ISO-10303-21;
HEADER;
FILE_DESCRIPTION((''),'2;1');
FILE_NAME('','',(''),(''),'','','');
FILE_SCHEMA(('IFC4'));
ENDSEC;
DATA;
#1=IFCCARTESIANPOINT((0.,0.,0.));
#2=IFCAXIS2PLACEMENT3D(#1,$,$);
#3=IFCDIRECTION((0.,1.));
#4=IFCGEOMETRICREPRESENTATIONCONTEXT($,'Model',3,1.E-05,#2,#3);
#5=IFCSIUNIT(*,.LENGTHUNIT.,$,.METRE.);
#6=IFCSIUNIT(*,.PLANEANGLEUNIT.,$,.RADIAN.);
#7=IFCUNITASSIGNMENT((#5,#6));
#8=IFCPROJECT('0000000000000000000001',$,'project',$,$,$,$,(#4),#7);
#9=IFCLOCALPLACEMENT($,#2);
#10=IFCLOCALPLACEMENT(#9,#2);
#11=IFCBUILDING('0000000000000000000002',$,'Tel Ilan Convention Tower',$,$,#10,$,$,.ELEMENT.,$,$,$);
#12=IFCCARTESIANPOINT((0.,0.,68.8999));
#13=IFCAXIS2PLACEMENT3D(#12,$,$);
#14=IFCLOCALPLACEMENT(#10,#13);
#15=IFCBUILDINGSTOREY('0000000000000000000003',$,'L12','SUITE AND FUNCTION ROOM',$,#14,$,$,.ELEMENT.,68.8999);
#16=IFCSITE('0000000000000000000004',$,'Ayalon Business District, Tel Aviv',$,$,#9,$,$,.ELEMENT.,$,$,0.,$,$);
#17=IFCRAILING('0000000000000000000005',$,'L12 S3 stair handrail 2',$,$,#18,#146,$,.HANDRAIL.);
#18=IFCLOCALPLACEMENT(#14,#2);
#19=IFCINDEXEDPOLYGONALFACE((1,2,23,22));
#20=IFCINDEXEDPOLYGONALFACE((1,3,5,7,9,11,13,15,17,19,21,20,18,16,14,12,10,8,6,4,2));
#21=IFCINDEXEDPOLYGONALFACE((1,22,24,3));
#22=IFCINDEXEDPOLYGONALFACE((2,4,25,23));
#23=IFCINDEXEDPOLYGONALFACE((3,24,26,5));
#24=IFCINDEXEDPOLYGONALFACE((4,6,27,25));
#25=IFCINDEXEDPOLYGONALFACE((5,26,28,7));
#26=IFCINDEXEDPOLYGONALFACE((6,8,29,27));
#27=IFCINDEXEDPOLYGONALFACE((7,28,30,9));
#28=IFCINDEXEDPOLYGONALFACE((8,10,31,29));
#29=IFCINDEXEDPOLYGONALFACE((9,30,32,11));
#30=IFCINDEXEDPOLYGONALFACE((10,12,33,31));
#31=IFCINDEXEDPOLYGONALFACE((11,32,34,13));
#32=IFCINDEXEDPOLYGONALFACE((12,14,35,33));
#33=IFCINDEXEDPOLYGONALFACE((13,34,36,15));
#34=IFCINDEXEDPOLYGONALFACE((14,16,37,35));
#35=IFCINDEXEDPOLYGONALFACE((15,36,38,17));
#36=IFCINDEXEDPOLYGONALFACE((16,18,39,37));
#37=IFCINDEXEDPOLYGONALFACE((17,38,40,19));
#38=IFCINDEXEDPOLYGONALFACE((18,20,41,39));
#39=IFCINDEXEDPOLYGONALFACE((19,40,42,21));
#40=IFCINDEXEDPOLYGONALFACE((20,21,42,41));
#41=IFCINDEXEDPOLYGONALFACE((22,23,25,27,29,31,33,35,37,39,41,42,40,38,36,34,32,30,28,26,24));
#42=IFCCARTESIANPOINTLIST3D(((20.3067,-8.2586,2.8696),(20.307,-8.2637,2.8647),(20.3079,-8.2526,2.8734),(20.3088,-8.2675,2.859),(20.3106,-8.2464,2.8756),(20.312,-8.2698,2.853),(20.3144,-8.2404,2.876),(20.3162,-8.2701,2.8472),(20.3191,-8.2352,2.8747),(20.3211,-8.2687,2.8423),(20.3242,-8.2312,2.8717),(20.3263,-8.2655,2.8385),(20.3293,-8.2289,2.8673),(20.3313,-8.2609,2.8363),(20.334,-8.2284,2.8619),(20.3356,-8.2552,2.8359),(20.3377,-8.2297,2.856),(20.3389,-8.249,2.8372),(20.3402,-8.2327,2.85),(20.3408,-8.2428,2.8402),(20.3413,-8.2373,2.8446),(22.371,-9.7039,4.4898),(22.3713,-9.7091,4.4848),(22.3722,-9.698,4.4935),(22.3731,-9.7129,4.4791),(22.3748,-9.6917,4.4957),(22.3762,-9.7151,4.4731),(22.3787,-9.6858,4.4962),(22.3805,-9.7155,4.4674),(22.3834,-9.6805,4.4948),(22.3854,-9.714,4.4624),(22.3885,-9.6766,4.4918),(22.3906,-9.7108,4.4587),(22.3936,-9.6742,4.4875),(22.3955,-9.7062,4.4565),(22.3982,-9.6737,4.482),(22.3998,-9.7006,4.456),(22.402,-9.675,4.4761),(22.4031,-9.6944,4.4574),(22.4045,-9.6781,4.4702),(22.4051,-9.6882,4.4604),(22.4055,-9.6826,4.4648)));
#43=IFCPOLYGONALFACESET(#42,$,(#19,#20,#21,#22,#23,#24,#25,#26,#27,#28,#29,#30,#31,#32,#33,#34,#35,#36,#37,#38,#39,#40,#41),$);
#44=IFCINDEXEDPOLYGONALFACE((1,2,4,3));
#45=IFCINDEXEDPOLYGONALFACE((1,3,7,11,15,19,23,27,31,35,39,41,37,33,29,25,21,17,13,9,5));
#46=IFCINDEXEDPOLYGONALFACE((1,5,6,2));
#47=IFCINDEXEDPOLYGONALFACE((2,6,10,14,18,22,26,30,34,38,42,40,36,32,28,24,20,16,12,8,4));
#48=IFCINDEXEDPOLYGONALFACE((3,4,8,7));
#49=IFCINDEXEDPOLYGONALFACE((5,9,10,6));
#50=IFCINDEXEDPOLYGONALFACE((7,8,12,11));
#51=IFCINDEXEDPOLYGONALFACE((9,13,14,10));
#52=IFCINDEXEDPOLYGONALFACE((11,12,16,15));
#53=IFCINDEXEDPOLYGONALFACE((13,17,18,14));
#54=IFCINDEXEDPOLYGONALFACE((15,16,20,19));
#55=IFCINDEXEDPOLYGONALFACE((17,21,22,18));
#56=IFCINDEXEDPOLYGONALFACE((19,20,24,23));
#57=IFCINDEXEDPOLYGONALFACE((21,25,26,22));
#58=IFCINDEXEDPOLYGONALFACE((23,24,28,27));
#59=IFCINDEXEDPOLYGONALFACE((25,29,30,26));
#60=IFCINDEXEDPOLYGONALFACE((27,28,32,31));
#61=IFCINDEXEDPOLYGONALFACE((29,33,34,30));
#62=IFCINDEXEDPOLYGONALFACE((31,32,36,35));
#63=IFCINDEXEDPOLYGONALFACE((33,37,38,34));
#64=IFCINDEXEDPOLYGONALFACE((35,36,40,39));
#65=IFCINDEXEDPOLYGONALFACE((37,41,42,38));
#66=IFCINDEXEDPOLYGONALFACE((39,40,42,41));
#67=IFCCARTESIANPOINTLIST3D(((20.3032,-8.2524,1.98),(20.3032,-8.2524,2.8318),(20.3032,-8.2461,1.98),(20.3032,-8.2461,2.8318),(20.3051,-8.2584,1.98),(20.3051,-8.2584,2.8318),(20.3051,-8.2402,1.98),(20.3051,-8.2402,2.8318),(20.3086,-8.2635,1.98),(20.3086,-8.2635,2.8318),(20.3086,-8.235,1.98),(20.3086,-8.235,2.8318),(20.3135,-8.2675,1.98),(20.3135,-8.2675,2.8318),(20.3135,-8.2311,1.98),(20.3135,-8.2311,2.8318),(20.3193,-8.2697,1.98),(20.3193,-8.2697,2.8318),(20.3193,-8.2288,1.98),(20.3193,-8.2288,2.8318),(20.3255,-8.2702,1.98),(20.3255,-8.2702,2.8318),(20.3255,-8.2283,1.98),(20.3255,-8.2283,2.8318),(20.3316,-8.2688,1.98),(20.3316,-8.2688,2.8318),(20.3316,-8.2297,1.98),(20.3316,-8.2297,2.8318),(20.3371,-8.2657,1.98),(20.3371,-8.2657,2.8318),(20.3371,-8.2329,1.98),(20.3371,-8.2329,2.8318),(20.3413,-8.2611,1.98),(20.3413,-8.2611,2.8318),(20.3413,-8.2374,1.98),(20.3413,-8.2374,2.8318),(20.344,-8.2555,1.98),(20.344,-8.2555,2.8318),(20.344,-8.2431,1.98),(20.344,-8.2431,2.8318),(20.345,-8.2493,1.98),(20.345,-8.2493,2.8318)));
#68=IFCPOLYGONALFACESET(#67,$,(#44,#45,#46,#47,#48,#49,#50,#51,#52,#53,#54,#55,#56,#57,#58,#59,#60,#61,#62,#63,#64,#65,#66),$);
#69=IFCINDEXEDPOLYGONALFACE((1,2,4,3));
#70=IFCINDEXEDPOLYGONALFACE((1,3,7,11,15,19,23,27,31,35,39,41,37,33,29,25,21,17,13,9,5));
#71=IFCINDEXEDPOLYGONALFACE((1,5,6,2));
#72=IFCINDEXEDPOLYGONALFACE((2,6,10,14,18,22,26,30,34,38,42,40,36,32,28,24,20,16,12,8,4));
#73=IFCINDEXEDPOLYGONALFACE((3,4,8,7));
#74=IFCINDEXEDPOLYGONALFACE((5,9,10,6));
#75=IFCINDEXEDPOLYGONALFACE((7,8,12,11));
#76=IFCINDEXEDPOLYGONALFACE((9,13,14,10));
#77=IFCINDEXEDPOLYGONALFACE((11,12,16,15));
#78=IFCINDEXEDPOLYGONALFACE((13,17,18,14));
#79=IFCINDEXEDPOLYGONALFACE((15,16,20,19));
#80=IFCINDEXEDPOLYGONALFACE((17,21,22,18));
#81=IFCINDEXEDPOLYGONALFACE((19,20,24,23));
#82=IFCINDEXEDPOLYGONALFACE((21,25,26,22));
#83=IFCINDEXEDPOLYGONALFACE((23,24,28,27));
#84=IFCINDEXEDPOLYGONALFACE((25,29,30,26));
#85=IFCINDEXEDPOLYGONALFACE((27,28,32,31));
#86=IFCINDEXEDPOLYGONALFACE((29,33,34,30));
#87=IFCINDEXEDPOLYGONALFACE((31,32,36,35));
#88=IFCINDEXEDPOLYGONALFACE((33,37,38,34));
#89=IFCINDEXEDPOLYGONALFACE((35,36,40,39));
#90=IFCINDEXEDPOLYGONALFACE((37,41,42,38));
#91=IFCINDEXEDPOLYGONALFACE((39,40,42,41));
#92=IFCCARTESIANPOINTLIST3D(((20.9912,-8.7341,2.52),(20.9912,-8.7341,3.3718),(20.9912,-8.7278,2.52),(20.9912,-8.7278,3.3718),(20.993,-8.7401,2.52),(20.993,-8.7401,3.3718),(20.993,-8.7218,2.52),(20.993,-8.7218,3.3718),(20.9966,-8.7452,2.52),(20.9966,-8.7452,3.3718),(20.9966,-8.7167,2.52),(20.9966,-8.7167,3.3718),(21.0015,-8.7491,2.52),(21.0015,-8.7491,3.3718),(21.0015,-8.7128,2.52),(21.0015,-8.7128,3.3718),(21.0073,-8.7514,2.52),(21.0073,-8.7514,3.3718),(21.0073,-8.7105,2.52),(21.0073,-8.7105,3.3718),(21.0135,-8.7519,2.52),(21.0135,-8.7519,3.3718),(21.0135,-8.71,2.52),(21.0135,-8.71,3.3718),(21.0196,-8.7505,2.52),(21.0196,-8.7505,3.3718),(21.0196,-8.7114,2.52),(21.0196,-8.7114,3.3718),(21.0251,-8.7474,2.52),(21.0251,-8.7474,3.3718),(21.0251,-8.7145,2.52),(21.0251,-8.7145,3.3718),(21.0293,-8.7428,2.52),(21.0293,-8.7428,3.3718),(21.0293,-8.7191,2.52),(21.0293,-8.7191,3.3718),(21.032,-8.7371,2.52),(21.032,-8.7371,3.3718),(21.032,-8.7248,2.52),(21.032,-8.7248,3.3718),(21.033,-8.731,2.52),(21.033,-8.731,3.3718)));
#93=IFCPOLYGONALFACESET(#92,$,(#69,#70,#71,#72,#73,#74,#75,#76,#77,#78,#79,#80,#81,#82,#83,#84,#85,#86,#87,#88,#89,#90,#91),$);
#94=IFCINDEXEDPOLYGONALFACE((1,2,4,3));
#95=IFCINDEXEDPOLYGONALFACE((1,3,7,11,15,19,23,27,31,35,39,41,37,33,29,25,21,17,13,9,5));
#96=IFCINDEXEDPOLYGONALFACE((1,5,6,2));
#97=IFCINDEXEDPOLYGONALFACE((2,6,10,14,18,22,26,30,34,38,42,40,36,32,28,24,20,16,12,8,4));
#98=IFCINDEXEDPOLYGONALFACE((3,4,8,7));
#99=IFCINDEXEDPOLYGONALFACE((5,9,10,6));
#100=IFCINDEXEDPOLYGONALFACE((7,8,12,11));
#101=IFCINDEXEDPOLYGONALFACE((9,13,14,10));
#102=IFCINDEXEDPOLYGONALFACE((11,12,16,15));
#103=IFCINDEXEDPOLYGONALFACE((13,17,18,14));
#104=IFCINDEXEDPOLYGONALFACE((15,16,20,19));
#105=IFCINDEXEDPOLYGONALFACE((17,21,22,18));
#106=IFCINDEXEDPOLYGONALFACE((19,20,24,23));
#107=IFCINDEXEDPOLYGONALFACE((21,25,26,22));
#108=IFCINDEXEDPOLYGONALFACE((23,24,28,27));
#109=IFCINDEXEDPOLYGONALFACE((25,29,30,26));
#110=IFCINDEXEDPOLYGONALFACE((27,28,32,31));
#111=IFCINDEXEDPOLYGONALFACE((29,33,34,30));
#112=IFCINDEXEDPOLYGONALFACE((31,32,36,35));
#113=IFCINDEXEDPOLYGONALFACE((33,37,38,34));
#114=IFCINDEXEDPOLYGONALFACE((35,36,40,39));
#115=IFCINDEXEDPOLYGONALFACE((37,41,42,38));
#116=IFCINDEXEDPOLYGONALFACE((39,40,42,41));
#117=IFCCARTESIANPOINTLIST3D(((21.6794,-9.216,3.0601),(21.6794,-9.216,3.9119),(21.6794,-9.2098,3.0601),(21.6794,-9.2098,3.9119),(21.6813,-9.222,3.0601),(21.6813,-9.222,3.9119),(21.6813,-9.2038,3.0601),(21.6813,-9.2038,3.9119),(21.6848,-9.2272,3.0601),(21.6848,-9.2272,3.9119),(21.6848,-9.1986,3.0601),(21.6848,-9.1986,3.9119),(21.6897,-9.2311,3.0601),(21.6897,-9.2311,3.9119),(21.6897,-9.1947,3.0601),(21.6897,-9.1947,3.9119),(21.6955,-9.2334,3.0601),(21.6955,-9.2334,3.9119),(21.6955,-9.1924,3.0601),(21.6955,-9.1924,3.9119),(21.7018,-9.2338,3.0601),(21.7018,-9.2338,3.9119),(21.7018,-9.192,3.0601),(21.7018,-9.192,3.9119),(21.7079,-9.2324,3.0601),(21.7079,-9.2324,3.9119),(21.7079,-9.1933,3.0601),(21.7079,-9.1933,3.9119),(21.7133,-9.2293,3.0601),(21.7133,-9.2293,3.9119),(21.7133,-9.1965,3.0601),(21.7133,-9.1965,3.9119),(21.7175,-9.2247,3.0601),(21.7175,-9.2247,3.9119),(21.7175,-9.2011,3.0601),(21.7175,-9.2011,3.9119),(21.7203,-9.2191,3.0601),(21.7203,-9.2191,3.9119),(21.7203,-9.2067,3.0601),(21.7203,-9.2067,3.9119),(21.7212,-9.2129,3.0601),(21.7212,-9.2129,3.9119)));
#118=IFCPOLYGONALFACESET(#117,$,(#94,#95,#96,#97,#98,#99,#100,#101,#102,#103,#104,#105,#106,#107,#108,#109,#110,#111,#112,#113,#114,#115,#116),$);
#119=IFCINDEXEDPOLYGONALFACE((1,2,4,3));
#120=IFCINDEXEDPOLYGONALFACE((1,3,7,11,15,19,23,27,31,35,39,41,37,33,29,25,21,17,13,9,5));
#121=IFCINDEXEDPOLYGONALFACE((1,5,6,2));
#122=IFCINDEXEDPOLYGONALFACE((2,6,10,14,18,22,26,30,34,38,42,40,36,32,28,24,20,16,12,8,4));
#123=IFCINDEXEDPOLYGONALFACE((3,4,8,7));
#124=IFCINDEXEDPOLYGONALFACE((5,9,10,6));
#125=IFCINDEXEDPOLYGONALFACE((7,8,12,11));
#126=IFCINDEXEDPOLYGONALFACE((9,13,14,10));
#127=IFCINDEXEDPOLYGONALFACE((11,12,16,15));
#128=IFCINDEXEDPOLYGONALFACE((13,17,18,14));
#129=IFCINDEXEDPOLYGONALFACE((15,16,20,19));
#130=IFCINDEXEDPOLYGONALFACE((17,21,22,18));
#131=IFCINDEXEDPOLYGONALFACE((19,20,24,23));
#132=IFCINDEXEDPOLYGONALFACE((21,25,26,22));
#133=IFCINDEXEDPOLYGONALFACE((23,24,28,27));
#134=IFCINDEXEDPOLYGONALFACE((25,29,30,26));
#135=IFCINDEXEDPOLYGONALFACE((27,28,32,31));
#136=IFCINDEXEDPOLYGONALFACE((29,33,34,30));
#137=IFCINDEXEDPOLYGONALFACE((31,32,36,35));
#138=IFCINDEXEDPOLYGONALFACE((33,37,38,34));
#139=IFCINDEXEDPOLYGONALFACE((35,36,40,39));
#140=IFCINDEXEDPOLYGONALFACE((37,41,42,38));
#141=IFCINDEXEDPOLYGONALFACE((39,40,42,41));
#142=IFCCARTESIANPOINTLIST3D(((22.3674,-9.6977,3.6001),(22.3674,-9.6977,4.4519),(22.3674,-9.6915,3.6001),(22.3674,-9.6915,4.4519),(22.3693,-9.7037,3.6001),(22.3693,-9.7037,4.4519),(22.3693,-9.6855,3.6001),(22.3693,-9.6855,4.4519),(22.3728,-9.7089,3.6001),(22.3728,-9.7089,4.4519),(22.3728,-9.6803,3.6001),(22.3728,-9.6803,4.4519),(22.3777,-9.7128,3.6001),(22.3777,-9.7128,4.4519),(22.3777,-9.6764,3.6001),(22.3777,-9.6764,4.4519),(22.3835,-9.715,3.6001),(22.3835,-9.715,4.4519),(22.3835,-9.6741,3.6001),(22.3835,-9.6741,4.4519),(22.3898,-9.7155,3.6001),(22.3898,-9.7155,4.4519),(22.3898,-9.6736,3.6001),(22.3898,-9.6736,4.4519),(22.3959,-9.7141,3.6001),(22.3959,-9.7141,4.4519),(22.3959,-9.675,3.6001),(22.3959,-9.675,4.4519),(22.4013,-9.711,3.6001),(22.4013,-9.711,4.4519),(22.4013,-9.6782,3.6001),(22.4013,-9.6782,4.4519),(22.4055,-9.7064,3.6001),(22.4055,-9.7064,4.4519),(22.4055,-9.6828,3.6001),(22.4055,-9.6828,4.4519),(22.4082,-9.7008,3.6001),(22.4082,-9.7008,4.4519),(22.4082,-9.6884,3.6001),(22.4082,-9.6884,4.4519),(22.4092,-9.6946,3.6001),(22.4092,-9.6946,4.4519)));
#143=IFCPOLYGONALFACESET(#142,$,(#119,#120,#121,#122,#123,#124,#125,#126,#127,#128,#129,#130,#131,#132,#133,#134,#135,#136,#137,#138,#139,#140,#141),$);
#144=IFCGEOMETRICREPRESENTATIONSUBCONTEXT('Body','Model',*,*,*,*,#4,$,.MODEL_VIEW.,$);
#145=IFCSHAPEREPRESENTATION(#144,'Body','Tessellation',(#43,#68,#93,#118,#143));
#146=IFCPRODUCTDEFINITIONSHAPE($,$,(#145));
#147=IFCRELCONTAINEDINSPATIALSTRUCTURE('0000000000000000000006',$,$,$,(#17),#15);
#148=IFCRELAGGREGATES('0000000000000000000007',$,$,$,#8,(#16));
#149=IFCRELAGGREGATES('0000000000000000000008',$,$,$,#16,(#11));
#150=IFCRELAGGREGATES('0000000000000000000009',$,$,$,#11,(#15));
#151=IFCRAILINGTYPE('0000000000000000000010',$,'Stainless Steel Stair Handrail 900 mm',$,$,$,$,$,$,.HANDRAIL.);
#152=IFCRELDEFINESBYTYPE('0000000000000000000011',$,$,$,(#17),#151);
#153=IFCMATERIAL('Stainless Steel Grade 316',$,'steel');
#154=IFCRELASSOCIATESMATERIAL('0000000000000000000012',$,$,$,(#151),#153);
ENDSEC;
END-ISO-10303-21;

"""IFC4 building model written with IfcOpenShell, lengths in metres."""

from ifc_helpers import new_model, si_unit, direction, frame, origin, origin_2d, place, context, subcontext, project, spatial, circle, extrude, material, type_object, element, save


model = new_model("IFC4")

# Units and contexts
model_context = context("Model", 3, precision=1e-05, world=origin(), true_north=direction((0.0, 1.0)))
body_context = subcontext(model_context, "Body", "Model", "MODEL_VIEW")
ifc_project = project(units=[si_unit("LENGTHUNIT", "METRE"), si_unit("PLANEANGLEUNIT", "RADIAN")], contexts=[model_context])

# Site, building, storey
site_placement = place(None, origin())
site = spatial("IfcSite", under=ifc_project, at=site_placement, Name="Ayalon Business District, Tel Aviv", CompositionType="ELEMENT", RefElevation=0.0)
building_placement = place(site_placement, origin())
building = spatial("IfcBuilding", under=site, at=building_placement, Name="Tel Ilan Convention Tower", CompositionType="ELEMENT")
storey_placement = place(building_placement, frame((0.0, 0.0, 68.8999)))
storey = spatial("IfcBuildingStorey", under=building, at=storey_placement, Name="L12", Description="SUITE AND FUNCTION ROOM", CompositionType="ELEMENT", Elevation=68.8999)

# Railing
ifc_material_1 = material(Name="Stainless Steel Grade 316", Category="steel")
railing_type_1 = type_object("IfcRailingType", Name="Stainless Steel Stair Handrail 900 mm", PredefinedType="HANDRAIL", material=ifc_material_1)
railing_1_placement = place(storey_placement, frame((20.324, -8.2493, 1.98)))
element("IfcRailing", 1, at=railing_1_placement, inside=storey, type_object=railing_type_1, Name="L12 S3 stair handrail 2", PredefinedType="HANDRAIL", context=body_context, shape_type="SweptSolid", body=[
    extrude(circle(Radius=0.0239, at=origin_2d()), frame((0.0, 0.0, 0.876), z_axis=(0.68904, -0.48245, 0.540801), x_axis=(0.57356, 0.819164, 0.0)), (0.0, 0.0, 1.0), 2.9958),
    extrude(circle(Radius=0.021, at=origin_2d()), origin(), (0.0, 0.0, 1.0), 0.8518),
    extrude(circle(Radius=0.021, at=origin_2d()), frame((0.688, -0.4817, 0.54)), (0.0, 0.0, 1.0), 0.8518),
    extrude(circle(Radius=0.021, at=origin_2d()), frame((1.3762, -0.9636, 1.0801)), (0.0, 0.0, 1.0), 0.8518),
    extrude(circle(Radius=0.021, at=origin_2d()), frame((2.0642, -1.4453, 1.6201)), (0.0, 0.0, 1.0), 0.8518),
])

save(model, "model.ifc")
